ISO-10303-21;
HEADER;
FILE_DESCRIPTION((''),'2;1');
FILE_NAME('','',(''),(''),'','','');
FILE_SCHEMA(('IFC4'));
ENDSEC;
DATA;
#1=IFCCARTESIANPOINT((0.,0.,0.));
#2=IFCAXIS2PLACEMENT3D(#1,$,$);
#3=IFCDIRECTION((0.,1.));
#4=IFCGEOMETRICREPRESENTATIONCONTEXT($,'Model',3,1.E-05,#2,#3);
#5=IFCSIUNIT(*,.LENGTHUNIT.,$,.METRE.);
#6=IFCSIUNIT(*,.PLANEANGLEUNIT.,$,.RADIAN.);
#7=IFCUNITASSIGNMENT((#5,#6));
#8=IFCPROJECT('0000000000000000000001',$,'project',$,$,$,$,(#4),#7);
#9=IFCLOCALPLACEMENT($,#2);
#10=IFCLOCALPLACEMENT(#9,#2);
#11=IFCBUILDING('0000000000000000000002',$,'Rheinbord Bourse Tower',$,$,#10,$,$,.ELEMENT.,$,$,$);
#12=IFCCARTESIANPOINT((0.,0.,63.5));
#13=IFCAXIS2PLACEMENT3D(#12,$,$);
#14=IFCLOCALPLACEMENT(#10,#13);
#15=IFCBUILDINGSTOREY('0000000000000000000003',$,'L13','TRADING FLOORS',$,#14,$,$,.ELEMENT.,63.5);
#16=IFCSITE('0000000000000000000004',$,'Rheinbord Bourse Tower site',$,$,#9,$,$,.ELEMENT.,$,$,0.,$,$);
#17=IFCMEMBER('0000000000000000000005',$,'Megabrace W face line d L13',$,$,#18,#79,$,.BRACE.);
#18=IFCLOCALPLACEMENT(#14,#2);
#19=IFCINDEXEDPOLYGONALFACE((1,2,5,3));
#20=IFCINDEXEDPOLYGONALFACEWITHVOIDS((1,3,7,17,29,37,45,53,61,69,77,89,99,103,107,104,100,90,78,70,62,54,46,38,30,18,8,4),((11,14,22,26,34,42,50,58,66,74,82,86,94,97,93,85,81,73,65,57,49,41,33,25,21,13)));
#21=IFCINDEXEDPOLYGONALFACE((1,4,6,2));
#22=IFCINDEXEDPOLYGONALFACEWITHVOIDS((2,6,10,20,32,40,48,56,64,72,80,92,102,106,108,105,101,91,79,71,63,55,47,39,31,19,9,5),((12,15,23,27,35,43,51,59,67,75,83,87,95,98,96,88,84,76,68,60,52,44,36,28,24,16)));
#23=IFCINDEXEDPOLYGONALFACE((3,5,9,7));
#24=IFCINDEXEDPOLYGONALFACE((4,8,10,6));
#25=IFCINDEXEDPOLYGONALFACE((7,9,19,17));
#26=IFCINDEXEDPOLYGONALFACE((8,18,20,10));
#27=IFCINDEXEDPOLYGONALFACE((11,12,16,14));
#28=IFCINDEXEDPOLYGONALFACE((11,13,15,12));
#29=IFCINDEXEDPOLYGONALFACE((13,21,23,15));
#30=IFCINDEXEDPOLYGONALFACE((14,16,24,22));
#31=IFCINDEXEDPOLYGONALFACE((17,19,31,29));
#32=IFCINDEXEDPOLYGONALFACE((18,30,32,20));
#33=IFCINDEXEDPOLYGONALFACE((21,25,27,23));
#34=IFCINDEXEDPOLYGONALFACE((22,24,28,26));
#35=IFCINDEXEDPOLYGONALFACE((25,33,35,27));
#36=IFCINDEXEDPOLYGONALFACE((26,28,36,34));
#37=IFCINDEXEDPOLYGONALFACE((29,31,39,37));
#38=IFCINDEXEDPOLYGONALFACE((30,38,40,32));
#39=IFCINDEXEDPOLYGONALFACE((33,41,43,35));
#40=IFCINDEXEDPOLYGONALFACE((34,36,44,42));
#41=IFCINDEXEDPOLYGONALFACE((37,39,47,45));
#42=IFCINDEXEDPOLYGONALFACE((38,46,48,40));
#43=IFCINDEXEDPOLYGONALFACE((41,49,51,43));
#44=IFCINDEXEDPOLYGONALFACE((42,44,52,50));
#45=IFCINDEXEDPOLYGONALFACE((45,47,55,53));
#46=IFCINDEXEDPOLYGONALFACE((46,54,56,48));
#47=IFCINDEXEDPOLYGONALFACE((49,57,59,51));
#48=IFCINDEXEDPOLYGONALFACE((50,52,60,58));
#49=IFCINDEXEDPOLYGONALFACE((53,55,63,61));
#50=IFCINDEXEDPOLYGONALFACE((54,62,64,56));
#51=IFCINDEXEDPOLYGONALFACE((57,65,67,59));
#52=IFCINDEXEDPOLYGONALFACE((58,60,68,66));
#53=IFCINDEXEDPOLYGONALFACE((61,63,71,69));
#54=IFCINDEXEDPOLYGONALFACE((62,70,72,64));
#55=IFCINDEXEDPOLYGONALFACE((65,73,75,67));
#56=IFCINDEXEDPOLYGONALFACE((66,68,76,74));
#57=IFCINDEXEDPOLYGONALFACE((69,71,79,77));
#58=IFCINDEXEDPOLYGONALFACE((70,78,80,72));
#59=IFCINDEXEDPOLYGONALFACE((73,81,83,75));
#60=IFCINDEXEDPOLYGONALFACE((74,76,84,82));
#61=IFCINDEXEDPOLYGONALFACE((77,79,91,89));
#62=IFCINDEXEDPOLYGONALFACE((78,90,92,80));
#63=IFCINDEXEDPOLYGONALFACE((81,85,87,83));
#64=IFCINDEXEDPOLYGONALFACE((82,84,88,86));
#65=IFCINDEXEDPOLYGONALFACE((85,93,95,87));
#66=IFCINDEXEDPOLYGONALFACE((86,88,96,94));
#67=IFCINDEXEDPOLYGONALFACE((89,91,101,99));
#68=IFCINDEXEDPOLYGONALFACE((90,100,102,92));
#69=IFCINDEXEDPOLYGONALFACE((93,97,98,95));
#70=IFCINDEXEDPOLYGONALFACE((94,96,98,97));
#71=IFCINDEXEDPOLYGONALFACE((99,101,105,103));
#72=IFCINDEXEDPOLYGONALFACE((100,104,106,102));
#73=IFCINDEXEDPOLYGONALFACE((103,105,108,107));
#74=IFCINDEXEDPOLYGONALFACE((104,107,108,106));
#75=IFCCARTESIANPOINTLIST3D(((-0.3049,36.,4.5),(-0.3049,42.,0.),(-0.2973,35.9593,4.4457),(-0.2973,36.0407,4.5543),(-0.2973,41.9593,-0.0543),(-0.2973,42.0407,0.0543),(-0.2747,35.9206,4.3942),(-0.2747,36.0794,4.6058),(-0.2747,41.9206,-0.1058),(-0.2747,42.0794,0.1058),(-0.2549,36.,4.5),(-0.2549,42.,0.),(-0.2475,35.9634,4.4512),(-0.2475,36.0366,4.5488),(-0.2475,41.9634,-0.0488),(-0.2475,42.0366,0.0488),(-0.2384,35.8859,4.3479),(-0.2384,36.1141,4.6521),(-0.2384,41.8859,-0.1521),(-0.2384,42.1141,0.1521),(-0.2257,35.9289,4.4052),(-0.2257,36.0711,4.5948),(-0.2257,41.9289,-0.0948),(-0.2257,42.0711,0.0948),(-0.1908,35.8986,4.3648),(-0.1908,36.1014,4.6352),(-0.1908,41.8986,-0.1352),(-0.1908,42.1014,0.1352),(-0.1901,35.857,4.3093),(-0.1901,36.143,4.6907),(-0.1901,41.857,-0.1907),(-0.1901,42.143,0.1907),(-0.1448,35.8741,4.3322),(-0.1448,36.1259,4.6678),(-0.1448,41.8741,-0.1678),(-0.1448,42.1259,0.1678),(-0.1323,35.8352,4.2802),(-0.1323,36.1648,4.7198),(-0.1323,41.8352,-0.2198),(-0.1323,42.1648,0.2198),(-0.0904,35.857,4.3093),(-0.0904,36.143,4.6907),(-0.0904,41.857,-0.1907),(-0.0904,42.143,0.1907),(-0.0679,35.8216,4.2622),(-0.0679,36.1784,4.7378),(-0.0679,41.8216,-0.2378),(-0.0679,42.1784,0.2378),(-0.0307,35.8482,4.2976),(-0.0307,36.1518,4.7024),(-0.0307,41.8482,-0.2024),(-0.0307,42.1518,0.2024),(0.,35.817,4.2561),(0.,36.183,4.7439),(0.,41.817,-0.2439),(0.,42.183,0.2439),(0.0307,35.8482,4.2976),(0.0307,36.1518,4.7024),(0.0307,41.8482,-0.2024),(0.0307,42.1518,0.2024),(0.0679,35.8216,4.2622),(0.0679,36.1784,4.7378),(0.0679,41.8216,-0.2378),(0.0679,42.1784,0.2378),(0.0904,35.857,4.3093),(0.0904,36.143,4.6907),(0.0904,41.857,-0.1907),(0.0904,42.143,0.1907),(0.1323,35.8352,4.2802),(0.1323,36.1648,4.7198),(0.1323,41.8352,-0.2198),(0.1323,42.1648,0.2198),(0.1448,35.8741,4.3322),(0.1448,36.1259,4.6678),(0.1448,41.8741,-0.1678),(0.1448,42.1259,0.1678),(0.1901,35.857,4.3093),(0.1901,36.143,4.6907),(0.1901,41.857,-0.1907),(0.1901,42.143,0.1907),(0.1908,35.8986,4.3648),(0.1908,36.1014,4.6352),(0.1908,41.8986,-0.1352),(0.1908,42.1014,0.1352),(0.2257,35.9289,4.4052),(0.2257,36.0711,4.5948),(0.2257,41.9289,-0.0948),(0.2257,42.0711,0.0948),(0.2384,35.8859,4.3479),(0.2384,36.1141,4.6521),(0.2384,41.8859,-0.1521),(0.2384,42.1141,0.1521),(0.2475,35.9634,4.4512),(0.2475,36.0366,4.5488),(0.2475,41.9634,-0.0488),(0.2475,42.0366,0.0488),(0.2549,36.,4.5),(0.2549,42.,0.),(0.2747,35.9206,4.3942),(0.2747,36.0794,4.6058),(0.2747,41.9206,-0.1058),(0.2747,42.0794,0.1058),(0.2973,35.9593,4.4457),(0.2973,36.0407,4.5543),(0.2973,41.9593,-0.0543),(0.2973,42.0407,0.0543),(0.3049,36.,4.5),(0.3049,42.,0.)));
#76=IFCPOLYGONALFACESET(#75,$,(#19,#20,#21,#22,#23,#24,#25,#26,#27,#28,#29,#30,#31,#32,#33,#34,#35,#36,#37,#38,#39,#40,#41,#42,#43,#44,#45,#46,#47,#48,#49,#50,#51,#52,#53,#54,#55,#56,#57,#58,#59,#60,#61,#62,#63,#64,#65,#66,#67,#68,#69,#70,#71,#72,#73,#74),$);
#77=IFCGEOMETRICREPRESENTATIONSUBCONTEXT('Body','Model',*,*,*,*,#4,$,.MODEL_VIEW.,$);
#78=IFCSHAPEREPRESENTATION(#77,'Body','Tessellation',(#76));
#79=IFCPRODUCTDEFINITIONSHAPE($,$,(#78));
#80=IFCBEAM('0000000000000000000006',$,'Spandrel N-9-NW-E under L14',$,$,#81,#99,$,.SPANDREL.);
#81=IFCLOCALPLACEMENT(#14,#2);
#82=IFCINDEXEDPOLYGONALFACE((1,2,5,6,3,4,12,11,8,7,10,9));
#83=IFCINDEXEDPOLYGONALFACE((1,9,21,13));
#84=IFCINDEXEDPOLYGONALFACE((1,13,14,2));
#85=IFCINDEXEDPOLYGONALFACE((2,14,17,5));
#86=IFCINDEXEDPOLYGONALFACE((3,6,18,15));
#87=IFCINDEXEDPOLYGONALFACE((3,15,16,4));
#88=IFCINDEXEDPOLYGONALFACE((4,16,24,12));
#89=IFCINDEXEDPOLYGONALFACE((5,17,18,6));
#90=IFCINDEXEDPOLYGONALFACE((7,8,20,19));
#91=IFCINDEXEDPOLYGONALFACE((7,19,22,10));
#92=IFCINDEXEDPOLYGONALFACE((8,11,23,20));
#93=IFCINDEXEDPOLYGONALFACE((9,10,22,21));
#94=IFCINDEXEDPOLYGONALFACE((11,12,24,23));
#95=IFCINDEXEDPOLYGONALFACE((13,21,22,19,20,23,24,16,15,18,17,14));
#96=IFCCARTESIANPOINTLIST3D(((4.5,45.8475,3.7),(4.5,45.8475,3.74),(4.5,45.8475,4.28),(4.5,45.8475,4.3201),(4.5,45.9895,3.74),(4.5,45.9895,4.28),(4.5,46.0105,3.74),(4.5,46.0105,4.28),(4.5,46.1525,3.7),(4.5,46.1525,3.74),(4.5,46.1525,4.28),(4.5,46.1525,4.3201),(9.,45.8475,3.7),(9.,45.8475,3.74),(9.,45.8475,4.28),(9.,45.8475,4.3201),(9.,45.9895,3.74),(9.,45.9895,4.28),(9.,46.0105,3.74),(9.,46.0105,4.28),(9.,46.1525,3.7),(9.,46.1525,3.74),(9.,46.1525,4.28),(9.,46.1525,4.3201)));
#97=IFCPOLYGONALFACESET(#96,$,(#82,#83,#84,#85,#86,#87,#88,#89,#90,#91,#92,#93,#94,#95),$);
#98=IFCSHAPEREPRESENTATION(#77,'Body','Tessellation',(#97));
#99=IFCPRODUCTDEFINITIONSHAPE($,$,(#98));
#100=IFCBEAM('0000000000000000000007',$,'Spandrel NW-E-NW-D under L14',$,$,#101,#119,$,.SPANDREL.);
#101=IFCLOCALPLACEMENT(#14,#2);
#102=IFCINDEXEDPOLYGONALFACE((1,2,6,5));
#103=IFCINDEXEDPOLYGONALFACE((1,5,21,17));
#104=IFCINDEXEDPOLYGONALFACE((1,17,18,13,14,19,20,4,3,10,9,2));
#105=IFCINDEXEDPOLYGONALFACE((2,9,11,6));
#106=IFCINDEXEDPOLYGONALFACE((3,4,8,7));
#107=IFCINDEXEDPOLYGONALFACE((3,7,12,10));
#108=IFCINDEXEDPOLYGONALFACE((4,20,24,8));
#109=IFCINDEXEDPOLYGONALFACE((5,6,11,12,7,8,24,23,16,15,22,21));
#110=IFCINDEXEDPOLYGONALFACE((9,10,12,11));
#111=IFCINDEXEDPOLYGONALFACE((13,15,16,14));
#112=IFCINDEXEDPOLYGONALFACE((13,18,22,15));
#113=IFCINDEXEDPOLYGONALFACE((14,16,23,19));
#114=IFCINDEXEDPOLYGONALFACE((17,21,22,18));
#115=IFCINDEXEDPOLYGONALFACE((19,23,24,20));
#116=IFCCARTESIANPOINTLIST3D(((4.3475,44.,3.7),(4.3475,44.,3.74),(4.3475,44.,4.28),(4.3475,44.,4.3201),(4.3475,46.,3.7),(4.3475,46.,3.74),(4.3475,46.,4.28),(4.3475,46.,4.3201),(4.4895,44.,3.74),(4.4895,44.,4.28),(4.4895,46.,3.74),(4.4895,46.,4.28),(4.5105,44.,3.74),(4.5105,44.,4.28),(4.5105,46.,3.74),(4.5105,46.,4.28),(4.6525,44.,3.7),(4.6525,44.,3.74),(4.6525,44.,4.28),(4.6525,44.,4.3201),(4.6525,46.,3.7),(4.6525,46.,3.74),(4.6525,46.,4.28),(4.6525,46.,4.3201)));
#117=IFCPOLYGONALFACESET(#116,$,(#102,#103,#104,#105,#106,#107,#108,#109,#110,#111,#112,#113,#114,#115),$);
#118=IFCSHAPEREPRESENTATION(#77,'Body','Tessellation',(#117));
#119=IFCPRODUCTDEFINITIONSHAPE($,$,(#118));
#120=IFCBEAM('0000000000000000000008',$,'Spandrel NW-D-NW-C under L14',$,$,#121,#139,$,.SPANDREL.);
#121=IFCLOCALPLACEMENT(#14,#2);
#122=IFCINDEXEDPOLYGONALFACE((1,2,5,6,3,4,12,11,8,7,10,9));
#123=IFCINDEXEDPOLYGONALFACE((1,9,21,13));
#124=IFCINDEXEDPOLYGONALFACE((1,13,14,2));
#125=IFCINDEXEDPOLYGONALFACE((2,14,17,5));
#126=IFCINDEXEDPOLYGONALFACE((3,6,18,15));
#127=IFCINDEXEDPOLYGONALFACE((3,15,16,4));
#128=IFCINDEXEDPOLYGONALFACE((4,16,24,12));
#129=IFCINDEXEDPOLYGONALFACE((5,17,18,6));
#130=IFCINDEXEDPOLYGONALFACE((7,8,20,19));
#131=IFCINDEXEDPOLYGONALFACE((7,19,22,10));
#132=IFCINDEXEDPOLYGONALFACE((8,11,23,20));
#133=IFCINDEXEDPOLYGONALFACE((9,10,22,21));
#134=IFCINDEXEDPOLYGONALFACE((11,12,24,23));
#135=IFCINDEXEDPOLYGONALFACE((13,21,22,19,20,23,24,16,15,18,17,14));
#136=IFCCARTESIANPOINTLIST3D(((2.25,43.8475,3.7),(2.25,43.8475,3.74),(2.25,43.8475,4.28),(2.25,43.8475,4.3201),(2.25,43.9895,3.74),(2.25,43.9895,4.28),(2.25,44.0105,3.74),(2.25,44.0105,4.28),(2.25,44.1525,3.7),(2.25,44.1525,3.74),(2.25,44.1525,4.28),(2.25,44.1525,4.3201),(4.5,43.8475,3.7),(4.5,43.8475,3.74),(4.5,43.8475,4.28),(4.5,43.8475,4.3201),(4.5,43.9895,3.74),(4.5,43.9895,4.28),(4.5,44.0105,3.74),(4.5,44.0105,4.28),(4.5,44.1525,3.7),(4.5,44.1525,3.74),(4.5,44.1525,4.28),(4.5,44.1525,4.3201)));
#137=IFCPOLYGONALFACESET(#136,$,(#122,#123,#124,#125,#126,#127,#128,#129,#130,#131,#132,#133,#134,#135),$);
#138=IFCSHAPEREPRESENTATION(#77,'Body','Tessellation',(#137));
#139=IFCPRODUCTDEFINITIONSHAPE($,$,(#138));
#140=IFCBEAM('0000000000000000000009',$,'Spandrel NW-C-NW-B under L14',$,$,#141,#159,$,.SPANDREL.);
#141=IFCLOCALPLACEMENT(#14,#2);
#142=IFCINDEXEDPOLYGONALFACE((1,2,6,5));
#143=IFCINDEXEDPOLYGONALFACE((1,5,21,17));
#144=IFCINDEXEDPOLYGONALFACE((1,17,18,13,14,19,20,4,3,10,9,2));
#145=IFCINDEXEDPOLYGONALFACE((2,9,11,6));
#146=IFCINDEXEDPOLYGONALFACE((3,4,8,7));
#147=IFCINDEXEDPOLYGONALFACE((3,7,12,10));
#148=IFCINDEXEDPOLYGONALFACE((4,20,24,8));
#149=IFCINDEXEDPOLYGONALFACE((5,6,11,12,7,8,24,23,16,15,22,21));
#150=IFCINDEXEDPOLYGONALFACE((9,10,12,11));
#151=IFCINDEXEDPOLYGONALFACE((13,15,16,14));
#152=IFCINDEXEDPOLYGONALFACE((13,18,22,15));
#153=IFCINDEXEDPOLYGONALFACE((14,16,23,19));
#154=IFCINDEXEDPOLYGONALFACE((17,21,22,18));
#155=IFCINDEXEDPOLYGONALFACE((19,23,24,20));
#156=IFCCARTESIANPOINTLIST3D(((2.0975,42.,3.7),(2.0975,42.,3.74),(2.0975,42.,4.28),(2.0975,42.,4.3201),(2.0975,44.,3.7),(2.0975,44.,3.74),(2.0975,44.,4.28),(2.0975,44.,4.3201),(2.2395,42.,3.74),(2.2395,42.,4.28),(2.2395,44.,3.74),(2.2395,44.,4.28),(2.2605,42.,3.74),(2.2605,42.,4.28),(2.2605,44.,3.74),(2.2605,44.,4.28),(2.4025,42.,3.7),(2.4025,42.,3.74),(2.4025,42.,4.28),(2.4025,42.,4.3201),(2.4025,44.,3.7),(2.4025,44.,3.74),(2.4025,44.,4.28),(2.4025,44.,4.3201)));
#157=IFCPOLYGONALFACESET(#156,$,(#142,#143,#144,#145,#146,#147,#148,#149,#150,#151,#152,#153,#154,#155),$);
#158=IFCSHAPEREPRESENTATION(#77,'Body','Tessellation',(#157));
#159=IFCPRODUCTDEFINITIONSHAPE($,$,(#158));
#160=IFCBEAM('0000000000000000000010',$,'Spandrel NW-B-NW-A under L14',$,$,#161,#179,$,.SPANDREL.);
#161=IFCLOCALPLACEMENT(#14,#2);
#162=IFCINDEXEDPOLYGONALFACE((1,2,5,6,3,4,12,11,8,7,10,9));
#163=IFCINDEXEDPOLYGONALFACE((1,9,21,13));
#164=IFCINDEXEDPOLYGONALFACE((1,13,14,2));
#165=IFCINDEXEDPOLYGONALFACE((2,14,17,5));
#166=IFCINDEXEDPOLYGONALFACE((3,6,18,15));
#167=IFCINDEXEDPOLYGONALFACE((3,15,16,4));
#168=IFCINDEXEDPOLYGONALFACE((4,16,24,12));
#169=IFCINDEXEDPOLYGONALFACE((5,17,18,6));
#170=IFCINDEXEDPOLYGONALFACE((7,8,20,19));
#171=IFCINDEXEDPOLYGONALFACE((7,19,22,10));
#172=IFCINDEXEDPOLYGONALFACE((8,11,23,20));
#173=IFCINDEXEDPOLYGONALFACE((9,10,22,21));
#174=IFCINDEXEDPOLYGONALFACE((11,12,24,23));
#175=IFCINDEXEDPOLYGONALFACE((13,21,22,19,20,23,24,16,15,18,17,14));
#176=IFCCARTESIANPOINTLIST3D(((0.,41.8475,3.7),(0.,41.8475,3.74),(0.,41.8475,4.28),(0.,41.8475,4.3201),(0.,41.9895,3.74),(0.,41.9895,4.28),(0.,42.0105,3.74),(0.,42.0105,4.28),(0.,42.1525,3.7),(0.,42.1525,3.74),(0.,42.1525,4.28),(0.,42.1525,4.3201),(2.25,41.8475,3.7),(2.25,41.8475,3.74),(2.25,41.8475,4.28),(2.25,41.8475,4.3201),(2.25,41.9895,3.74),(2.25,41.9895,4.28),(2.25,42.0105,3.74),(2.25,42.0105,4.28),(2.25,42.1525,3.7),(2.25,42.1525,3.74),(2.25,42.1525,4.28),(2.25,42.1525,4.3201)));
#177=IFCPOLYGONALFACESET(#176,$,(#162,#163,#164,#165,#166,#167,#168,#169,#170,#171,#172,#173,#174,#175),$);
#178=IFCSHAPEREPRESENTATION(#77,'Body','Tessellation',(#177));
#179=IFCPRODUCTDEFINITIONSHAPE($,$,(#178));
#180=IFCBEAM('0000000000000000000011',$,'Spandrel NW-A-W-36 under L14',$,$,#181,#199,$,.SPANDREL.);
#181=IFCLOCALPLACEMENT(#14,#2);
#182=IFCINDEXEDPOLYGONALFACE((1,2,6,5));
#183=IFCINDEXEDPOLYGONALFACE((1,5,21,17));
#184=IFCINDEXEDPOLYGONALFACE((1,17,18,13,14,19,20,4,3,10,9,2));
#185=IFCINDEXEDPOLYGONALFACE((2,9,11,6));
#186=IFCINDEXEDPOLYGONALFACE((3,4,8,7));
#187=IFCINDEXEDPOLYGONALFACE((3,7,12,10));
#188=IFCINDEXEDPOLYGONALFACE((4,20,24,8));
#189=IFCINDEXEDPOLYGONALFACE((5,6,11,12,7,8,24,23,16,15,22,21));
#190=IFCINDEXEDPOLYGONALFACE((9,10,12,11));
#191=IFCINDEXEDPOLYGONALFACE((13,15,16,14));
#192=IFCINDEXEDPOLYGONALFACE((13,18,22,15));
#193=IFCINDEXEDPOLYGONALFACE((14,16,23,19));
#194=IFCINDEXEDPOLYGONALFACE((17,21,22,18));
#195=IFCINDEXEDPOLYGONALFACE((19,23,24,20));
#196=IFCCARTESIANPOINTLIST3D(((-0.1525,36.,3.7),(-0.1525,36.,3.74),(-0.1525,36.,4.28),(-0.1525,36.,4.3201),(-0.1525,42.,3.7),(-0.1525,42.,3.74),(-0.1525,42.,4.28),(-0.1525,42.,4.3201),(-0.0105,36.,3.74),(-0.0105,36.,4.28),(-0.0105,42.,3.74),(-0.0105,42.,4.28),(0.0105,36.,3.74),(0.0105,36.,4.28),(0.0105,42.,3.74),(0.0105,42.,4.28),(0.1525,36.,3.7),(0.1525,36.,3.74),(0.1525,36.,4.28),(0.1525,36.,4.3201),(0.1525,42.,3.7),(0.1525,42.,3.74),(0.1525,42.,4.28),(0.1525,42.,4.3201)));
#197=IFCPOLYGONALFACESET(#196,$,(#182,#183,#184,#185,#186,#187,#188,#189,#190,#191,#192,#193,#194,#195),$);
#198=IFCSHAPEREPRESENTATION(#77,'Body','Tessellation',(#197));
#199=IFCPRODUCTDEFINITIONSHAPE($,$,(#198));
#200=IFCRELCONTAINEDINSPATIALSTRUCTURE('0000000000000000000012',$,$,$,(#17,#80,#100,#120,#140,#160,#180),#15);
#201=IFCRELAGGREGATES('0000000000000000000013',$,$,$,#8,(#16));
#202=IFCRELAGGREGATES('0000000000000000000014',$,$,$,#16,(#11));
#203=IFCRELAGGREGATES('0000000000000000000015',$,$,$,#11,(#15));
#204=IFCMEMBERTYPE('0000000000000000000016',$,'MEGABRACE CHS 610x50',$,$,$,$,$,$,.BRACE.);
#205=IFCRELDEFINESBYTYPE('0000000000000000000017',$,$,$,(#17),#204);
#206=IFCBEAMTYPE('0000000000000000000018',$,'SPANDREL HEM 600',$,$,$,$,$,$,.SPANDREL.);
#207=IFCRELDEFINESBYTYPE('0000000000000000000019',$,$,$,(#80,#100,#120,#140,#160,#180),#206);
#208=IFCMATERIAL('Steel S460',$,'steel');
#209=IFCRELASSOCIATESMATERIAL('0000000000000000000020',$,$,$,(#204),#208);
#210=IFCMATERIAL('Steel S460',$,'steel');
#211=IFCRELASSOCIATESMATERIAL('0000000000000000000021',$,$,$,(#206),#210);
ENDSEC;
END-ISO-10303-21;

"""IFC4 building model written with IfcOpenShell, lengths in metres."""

from ifc_helpers import new_model, si_unit, direction, frame, origin, origin_2d, place, context, subcontext, project, spatial, hollow_circle, i_section, extrude, material, material_profile, profile_set, type_object, element, save


model = new_model("IFC4")

# Units and contexts
model_context = context("Model", 3, precision=1e-05, world=origin(), true_north=direction((0.0, 1.0)))
body_context = subcontext(model_context, "Body", "Model", "MODEL_VIEW")
ifc_project = project(units=[si_unit("LENGTHUNIT", "METRE"), si_unit("PLANEANGLEUNIT", "RADIAN")], contexts=[model_context])

# Site, building, storey
site_placement = place(None, origin())
site = spatial("IfcSite", under=ifc_project, at=site_placement, Name="Rheinbord Bourse Tower site", CompositionType="ELEMENT", RefElevation=0.0)
building_placement = place(site_placement, origin())
building = spatial("IfcBuilding", under=site, at=building_placement, Name="Rheinbord Bourse Tower", CompositionType="ELEMENT")
storey_placement = place(building_placement, frame((0.0, 0.0, 63.5)))
storey = spatial("IfcBuildingStorey", under=building, at=storey_placement, Name="L13", Description="TRADING FLOORS", CompositionType="ELEMENT", Elevation=63.5)

# Member
ifc_material_1 = material(Name="Steel S460", Category="steel")
ifc_material_profile_1 = material_profile(ifc_material_1, hollow_circle(Radius=0.3049, WallThickness=0.05, at=origin_2d()), Name="CHS 610x50")
ifc_profile_set_1 = profile_set([ifc_material_profile_1], Name="Steel S460")
member_type_1 = type_object("IfcMemberType", Name="MEGABRACE CHS 610x50", PredefinedType="BRACE", material=ifc_profile_set_1)
member_1_placement = place(storey_placement, frame((0.0, 42.0, 0.0), z_axis=(0.0, -0.8, 0.6), x_axis=(1.0, 0.0, 0.0)))
element("IfcMember", 1, at=member_1_placement, inside=storey, type_object=member_type_1, Name="Megabrace W face line d L13", PredefinedType="BRACE", context=body_context, shape_type="SweptSolid", body=[
    extrude(hollow_circle(Radius=0.3049, WallThickness=0.05, at=origin_2d()), origin(), (0.0, 0.0, 1.0), 7.5),
])

# Beams
ifc_material_2 = material(Name="Steel S460", Category="steel")
ifc_material_profile_2 = material_profile(ifc_material_2, i_section(OverallWidth=0.3049, OverallDepth=0.6201, WebThickness=0.021, FlangeThickness=0.04, at=origin_2d()), Name="HEM 600")
ifc_profile_set_2 = profile_set([ifc_material_profile_2], Name="Steel S460")
beam_type_1 = type_object("IfcBeamType", Name="SPANDREL HEM 600", PredefinedType="SPANDREL", material=ifc_profile_set_2)
beam_1_placement = place(storey_placement, frame((9.0, 46.0, 4.01), z_axis=(-1.0, 0.0, 0.0), x_axis=(0.0, -1.0, 0.0)))
element("IfcBeam", 2, at=beam_1_placement, inside=storey, type_object=beam_type_1, Name="Spandrel N-9-NW-E under L14", PredefinedType="SPANDREL", context=body_context, shape_type="SweptSolid", body=[
    extrude(i_section(OverallWidth=0.3049, OverallDepth=0.6201, WebThickness=0.021, FlangeThickness=0.04, at=origin_2d()), origin(), (0.0, 0.0, 1.0), 4.5),
])
beam_2_placement = place(storey_placement, frame((4.5, 46.0, 4.01), z_axis=(0.0, -1.0, 0.0), x_axis=(1.0, 0.0, 0.0)))
element("IfcBeam", 3, at=beam_2_placement, inside=storey, type_object=beam_type_1, Name="Spandrel NW-E-NW-D under L14", PredefinedType="SPANDREL", context=body_context, shape_type="SweptSolid", body=[
    extrude(i_section(OverallWidth=0.3049, OverallDepth=0.6201, WebThickness=0.021, FlangeThickness=0.04, at=origin_2d()), origin(), (0.0, 0.0, 1.0), 2.0),
])
beam_3_placement = place(storey_placement, frame((4.5, 44.0, 4.01), z_axis=(-1.0, 0.0, 0.0), x_axis=(0.0, -1.0, 0.0)))
element("IfcBeam", 4, at=beam_3_placement, inside=storey, type_object=beam_type_1, Name="Spandrel NW-D-NW-C under L14", PredefinedType="SPANDREL", context=body_context, shape_type="SweptSolid", body=[
    extrude(i_section(OverallWidth=0.3049, OverallDepth=0.6201, WebThickness=0.021, FlangeThickness=0.04, at=origin_2d()), origin(), (0.0, 0.0, 1.0), 2.25),
])
beam_4_placement = place(storey_placement, frame((2.25, 44.0, 4.01), z_axis=(0.0, -1.0, 0.0), x_axis=(1.0, 0.0, 0.0)))
element("IfcBeam", 5, at=beam_4_placement, inside=storey, type_object=beam_type_1, Name="Spandrel NW-C-NW-B under L14", PredefinedType="SPANDREL", context=body_context, shape_type="SweptSolid", body=[
    extrude(i_section(OverallWidth=0.3049, OverallDepth=0.6201, WebThickness=0.021, FlangeThickness=0.04, at=origin_2d()), origin(), (0.0, 0.0, 1.0), 2.0),
])
beam_5_placement = place(storey_placement, frame((2.25, 42.0, 4.01), z_axis=(-1.0, 0.0, 0.0), x_axis=(0.0, -1.0, 0.0)))
element("IfcBeam", 6, at=beam_5_placement, inside=storey, type_object=beam_type_1, Name="Spandrel NW-B-NW-A under L14", PredefinedType="SPANDREL", context=body_context, shape_type="SweptSolid", body=[
    extrude(i_section(OverallWidth=0.3049, OverallDepth=0.6201, WebThickness=0.021, FlangeThickness=0.04, at=origin_2d()), origin(), (0.0, 0.0, 1.0), 2.25),
])
beam_6_placement = place(storey_placement, frame((0.0, 42.0, 4.01), z_axis=(0.0, -1.0, 0.0), x_axis=(1.0, 0.0, 0.0)))
element("IfcBeam", 7, at=beam_6_placement, inside=storey, type_object=beam_type_1, Name="Spandrel NW-A-W-36 under L14", PredefinedType="SPANDREL", context=body_context, shape_type="SweptSolid", body=[
    extrude(i_section(OverallWidth=0.3049, OverallDepth=0.6201, WebThickness=0.021, FlangeThickness=0.04, at=origin_2d()), origin(), (0.0, 0.0, 1.0), 6.0),
])

save(model, "model.ifc")
